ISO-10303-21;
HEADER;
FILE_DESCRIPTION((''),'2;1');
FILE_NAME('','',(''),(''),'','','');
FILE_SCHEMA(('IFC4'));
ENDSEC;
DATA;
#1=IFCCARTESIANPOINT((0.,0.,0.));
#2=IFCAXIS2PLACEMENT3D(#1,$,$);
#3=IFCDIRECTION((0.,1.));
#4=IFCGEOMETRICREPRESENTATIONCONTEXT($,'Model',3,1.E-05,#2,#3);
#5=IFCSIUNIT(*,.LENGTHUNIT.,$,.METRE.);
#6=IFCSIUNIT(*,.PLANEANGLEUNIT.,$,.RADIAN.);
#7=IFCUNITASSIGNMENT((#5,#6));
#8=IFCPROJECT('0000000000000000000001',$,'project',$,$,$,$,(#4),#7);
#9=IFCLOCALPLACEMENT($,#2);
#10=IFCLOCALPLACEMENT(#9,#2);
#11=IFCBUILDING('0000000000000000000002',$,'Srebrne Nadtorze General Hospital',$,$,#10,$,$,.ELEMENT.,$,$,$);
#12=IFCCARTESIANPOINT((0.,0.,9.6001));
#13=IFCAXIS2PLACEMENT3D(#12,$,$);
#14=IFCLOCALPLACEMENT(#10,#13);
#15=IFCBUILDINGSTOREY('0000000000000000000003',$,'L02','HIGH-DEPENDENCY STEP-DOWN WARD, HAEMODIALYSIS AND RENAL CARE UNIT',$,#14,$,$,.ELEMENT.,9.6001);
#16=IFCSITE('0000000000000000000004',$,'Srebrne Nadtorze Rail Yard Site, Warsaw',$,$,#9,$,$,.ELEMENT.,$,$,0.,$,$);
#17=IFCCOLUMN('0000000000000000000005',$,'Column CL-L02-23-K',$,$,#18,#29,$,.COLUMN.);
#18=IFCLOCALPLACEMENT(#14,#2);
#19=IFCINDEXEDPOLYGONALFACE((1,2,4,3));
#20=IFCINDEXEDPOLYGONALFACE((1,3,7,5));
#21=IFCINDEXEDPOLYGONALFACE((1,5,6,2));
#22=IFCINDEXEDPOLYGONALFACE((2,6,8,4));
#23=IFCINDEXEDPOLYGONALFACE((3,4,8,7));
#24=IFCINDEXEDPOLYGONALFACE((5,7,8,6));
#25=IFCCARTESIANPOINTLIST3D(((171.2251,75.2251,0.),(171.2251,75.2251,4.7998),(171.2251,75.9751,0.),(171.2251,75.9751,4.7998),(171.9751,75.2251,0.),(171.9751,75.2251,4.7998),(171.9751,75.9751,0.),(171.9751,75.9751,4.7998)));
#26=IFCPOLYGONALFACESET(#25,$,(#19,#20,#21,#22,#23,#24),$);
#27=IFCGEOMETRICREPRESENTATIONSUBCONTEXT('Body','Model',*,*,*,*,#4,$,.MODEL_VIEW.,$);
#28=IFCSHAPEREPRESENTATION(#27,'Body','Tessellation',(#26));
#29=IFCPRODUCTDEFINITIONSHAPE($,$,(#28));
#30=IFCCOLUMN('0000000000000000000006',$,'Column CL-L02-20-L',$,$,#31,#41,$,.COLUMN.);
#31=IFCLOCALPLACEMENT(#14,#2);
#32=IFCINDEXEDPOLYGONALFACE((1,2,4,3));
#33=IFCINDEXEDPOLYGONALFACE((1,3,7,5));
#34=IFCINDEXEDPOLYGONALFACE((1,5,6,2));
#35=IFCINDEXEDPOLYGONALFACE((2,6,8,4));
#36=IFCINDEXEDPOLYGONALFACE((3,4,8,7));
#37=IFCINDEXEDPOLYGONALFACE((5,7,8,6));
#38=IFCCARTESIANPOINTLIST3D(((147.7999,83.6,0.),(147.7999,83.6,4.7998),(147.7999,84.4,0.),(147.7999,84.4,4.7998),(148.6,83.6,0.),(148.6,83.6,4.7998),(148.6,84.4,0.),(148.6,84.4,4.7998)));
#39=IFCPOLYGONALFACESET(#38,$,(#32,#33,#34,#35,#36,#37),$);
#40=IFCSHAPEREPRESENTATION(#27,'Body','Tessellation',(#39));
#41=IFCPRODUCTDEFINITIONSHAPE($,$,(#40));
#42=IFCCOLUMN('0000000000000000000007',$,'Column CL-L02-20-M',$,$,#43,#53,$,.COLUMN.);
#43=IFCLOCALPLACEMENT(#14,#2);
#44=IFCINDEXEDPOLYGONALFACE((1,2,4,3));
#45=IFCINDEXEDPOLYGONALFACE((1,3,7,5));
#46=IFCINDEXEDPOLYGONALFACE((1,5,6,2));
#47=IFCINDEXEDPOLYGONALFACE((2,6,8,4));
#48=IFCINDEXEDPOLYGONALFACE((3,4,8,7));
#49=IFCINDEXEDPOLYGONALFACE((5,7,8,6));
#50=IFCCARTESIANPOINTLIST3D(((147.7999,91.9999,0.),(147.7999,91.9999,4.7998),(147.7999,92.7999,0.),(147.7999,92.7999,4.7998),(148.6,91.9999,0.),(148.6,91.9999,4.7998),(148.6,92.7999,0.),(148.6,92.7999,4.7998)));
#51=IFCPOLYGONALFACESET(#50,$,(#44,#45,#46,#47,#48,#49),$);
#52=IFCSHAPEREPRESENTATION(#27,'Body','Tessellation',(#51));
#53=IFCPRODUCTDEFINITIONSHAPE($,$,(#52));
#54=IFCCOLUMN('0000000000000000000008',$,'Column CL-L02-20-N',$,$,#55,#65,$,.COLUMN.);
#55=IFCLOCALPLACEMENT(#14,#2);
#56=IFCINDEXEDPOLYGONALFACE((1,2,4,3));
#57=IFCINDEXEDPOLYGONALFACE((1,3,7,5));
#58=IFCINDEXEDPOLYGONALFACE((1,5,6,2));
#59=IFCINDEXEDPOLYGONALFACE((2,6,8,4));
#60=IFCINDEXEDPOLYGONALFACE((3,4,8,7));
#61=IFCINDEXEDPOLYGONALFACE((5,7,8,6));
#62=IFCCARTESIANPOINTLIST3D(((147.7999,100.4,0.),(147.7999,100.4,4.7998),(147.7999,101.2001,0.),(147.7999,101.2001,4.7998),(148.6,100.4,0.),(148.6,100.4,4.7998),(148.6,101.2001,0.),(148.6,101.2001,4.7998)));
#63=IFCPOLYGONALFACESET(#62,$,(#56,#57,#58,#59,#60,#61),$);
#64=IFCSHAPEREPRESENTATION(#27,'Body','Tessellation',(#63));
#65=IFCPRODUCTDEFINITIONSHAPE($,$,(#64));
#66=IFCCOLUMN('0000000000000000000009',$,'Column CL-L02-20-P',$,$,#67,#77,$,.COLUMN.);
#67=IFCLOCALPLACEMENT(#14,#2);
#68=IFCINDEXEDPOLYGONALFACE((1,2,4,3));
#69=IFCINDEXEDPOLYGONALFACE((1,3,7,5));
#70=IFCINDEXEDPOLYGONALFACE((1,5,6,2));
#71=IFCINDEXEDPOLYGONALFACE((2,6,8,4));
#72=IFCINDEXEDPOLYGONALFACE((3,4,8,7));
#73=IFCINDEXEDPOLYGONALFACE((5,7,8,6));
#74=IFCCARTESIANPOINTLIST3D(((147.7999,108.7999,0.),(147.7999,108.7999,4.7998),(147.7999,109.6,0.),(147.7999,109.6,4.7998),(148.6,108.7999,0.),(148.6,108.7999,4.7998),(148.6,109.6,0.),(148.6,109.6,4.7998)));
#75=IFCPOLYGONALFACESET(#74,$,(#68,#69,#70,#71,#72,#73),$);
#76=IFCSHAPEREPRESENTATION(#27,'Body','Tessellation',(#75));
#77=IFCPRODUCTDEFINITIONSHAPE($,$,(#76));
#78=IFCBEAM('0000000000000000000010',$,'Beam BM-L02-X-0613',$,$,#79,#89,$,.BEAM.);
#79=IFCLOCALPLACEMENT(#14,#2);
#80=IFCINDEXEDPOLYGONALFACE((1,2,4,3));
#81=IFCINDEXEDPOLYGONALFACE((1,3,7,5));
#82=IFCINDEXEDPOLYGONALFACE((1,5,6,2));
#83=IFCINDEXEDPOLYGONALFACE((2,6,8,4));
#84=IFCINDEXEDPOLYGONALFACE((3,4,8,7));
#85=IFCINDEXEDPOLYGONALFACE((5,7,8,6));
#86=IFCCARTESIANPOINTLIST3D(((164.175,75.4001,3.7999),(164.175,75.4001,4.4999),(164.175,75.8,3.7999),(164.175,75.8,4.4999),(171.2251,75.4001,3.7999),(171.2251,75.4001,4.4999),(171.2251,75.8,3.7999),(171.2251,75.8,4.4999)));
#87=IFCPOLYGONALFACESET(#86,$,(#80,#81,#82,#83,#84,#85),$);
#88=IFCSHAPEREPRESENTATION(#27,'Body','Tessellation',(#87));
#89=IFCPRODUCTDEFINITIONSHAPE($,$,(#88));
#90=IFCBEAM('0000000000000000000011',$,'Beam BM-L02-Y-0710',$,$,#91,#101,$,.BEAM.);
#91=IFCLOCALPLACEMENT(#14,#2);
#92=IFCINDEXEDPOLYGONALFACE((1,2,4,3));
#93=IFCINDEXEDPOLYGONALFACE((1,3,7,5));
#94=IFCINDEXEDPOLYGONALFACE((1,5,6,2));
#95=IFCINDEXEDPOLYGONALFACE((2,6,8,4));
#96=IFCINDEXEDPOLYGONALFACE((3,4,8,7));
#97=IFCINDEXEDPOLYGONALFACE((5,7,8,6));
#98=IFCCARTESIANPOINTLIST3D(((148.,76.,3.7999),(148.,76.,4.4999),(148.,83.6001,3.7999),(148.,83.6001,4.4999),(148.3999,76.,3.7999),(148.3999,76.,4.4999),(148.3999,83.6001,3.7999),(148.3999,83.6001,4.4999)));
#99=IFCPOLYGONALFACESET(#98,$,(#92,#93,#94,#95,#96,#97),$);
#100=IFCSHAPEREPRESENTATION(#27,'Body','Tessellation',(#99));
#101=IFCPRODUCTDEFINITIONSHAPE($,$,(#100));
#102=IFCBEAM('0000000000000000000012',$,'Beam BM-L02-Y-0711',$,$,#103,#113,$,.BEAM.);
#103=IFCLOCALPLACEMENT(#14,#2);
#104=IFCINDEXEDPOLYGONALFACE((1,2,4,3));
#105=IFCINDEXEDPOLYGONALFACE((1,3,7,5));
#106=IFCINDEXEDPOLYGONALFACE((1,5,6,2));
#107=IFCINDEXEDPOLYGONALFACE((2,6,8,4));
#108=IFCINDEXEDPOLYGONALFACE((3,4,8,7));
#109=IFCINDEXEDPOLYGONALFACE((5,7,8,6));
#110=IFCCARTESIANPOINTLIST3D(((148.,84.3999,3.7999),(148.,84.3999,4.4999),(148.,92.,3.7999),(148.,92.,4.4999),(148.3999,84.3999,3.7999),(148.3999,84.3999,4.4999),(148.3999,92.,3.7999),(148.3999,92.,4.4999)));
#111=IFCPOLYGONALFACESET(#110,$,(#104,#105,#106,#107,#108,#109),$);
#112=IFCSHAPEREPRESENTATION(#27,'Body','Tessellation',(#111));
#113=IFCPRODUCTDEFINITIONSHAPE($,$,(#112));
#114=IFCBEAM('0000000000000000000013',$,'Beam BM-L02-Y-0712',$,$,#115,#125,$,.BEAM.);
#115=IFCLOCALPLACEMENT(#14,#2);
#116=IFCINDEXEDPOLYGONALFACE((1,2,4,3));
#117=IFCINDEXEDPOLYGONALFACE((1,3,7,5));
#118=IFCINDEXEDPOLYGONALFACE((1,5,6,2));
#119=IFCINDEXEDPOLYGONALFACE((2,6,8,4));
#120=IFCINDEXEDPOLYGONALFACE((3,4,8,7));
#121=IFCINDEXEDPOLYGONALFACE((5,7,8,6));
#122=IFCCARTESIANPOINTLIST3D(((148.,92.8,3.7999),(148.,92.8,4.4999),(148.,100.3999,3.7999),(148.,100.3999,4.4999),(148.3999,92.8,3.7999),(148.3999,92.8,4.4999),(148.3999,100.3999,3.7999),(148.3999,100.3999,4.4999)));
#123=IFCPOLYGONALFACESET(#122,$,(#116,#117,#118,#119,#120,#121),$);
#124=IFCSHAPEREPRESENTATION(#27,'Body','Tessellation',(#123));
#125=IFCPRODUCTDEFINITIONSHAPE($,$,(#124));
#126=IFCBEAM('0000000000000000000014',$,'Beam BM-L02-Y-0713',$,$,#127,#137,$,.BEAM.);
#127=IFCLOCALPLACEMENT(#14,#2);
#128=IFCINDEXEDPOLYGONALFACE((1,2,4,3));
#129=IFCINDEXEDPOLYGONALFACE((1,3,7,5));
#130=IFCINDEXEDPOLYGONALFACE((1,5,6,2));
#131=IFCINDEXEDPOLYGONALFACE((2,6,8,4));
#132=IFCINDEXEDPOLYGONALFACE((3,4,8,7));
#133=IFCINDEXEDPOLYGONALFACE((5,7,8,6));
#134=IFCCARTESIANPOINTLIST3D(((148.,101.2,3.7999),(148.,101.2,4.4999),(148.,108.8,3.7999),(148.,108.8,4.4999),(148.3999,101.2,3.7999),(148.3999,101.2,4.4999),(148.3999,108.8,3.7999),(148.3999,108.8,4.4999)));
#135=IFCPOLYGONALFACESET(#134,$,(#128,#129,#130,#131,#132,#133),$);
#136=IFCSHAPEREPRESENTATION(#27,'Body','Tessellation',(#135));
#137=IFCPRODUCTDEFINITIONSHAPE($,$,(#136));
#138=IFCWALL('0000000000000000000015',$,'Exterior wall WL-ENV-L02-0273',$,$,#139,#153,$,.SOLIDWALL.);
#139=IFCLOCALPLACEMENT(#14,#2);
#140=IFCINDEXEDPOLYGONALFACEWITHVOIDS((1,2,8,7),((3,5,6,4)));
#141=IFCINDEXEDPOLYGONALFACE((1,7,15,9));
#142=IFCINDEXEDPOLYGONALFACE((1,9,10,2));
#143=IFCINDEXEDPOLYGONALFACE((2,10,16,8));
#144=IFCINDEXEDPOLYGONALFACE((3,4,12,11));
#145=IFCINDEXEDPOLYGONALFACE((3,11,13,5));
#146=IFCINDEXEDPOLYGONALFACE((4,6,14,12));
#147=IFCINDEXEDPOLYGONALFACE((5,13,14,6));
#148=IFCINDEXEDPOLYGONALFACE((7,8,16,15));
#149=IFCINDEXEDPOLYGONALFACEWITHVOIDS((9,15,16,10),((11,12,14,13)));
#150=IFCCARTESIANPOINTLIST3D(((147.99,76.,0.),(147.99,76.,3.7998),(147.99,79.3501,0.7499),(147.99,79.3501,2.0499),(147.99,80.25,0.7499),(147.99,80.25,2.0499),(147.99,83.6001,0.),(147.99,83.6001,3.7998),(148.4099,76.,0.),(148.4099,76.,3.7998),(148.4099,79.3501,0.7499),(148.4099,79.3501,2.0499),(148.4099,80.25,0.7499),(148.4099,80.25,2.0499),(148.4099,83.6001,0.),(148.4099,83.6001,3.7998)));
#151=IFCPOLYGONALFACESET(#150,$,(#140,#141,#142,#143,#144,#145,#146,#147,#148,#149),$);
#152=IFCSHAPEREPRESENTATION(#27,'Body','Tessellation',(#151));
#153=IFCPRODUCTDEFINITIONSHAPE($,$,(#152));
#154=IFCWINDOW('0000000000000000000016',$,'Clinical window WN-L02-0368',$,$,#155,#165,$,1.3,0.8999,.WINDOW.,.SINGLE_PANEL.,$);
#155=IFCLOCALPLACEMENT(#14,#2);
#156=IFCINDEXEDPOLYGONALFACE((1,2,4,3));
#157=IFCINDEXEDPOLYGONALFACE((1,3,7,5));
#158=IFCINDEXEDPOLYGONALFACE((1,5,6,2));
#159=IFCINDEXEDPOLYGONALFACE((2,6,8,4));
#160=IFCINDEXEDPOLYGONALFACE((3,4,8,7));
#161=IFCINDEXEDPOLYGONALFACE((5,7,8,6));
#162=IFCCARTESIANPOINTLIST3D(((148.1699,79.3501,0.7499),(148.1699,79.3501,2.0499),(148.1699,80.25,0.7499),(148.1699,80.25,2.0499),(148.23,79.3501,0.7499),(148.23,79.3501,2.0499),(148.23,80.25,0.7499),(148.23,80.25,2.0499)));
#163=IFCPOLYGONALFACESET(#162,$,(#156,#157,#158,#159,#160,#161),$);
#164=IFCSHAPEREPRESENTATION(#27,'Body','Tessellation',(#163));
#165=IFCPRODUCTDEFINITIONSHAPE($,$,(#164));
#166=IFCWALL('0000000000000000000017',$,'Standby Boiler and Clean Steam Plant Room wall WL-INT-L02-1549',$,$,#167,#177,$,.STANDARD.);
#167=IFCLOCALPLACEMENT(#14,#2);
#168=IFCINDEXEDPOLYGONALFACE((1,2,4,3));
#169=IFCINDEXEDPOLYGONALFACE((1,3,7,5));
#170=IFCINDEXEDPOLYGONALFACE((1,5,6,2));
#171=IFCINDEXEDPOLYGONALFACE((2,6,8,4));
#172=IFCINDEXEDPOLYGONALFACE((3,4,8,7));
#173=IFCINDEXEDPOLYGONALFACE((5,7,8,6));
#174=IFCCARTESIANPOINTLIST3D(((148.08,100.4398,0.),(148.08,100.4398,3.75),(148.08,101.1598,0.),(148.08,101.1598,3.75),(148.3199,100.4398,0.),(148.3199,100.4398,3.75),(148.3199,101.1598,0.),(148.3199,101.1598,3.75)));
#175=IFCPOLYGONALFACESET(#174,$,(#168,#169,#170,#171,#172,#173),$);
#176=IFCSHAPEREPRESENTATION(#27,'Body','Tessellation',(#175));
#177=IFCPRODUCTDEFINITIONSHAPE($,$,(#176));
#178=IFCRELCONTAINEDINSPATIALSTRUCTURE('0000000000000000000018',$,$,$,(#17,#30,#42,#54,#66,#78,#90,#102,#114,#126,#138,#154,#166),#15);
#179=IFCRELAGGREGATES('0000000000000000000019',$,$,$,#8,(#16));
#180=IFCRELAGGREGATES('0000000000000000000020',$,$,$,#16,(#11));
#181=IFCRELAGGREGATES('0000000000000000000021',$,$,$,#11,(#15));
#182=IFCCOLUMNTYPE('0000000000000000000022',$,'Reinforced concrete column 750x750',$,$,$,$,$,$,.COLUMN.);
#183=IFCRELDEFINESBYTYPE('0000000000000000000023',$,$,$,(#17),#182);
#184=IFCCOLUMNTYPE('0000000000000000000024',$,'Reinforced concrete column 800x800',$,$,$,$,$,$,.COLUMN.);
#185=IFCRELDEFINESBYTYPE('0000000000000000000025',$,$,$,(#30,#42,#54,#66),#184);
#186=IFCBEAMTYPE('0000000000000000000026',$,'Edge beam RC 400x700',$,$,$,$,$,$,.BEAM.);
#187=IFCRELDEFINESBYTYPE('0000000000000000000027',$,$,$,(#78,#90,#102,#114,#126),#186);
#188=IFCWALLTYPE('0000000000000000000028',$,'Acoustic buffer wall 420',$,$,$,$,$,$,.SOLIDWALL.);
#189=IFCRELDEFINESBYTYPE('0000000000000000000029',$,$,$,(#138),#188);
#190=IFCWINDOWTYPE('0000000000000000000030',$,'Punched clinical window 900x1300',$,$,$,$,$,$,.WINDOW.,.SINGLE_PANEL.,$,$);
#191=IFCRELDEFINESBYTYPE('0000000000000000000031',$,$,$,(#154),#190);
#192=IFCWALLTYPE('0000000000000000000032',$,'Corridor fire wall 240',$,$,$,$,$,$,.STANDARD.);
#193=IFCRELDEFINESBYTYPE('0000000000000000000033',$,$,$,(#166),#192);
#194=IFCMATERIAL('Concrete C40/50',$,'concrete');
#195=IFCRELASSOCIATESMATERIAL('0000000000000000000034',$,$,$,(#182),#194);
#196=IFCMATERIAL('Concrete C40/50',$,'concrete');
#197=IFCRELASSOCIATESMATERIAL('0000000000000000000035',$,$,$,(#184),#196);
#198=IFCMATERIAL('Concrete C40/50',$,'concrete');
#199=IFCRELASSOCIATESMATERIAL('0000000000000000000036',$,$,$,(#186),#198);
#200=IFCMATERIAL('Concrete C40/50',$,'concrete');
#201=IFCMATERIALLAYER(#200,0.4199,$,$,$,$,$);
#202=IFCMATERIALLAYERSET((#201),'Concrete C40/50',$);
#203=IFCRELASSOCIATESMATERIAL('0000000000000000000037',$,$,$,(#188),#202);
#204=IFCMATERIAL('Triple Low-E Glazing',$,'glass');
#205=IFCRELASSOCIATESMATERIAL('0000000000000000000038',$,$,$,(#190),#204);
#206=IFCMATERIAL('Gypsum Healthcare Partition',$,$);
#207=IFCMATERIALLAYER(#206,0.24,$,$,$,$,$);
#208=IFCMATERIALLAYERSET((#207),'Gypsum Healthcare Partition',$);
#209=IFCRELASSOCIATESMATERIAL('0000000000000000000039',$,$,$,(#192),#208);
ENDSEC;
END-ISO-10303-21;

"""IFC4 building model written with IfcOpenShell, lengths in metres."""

from ifc_helpers import new_model, si_unit, direction, frame, frame_2d, origin, origin_2d, place, context, subcontext, project, spatial, rectangle, extrude, material, layer, layer_set, material_profile, profile_set, type_object, element, fill, save


model = new_model("IFC4")

# Units and contexts
model_context = context("Model", 3, precision=1e-05, world=origin(), true_north=direction((0.0, 1.0)))
body_context = subcontext(model_context, "Body", "Model", "MODEL_VIEW")
ifc_project = project(units=[si_unit("LENGTHUNIT", "METRE"), si_unit("PLANEANGLEUNIT", "RADIAN")], contexts=[model_context])

# Site, building, storey
site_placement = place(None, origin())
site = spatial("IfcSite", under=ifc_project, at=site_placement, Name="Srebrne Nadtorze Rail Yard Site, Warsaw", CompositionType="ELEMENT", RefElevation=0.0)
building_placement = place(site_placement, origin())
building = spatial("IfcBuilding", under=site, at=building_placement, Name="Srebrne Nadtorze General Hospital", CompositionType="ELEMENT")
storey_placement = place(building_placement, frame((0.0, 0.0, 9.6001)))
storey = spatial("IfcBuildingStorey", under=building, at=storey_placement, Name="L02", Description="HIGH-DEPENDENCY STEP-DOWN WARD, HAEMODIALYSIS AND RENAL CARE UNIT", CompositionType="ELEMENT", Elevation=9.6001)

# Columns
ifc_material_1 = material(Name="Concrete C40/50", Category="concrete")
ifc_material_profile_1 = material_profile(ifc_material_1, rectangle(XDim=0.75, YDim=0.75, at=origin_2d()), Name="RC-COL-750x750")
ifc_profile_set_1 = profile_set([ifc_material_profile_1], Name="Concrete C40/50")
column_type_1 = type_object("IfcColumnType", Name="Reinforced concrete column 750x750", PredefinedType="COLUMN", material=ifc_profile_set_1)
column_placement = place(storey_placement, frame((171.6001, 75.6001, 0.0), z_axis=(0.0, 0.0, 1.0), x_axis=(1.0, 0.0, 0.0)))
element("IfcColumn", 1, at=column_placement, inside=storey, type_object=column_type_1, Name="Column CL-L02-23-K", PredefinedType="COLUMN", context=body_context, shape_type="SweptSolid", body=[
    extrude(rectangle(XDim=0.75, YDim=0.75, at=origin_2d()), origin(), (0.0, 0.0, 1.0), 4.7998),
])
ifc_material_2 = material(Name="Concrete C40/50", Category="concrete")
ifc_material_profile_2 = material_profile(ifc_material_2, rectangle(XDim=0.8, YDim=0.8, at=origin_2d()), Name="RC-COL-800x800")
ifc_profile_set_2 = profile_set([ifc_material_profile_2], Name="Concrete C40/50")
column_type_2 = type_object("IfcColumnType", Name="Reinforced concrete column 800x800", PredefinedType="COLUMN", material=ifc_profile_set_2)
for number, where, z_axis, x_axis, name in (
    (2, (148.2, 84.0, 0.0), (0.0, 0.0, 1.0), (1.0, 0.0, 0.0), "Column CL-L02-20-L"),
    (3, (148.2, 92.3999, 0.0), (0.0, 0.0, 1.0), (1.0, 0.0, 0.0), "Column CL-L02-20-M"),
    (4, (148.2, 100.8, 0.0), (0.0, 0.0, 1.0), (1.0, 0.0, 0.0), "Column CL-L02-20-N"),
    (5, (148.2, 109.2, 0.0), (0.0, 0.0, 1.0), (1.0, 0.0, 0.0), "Column CL-L02-20-P"),
):
    element("IfcColumn", number, at=place(storey_placement, frame(where, z_axis=z_axis, x_axis=x_axis)), inside=storey, type_object=column_type_2, Name=name, PredefinedType="COLUMN", context=body_context, shape_type="SweptSolid", body=[
        extrude(rectangle(XDim=0.8, YDim=0.8, at=origin_2d()), origin(), (0.0, 0.0, 1.0), 4.7998),
    ])

# Beams
ifc_material_3 = material(Name="Concrete C40/50", Category="concrete")
ifc_material_profile_3 = material_profile(ifc_material_3, rectangle(XDim=0.3999, YDim=0.7, at=origin_2d()), Name="RC-BM-400x700")
ifc_profile_set_3 = profile_set([ifc_material_profile_3], Name="Concrete C40/50")
beam_type = type_object("IfcBeamType", Name="Edge beam RC 400x700", PredefinedType="BEAM", material=ifc_profile_set_3)
beam_1_placement = place(storey_placement, frame((164.175, 75.6001, 4.1499), z_axis=(1.0, 0.0, 0.0), x_axis=(0.0, 1.0, 0.0)))
element("IfcBeam", 6, at=beam_1_placement, inside=storey, type_object=beam_type, Name="Beam BM-L02-X-0613", PredefinedType="BEAM", context=body_context, shape_type="SweptSolid", body=[
    extrude(rectangle(XDim=0.3999, YDim=0.7, at=origin_2d()), origin(), (0.0, 0.0, 1.0), 7.05),
])
for number, where, z_axis, x_axis, name in (
    (7, (148.2, 76.0, 4.1499), (0.0, 1.0, 0.0), (-1.0, 0.0, 0.0), "Beam BM-L02-Y-0710"),
    (8, (148.2, 84.3999, 4.1499), (0.0, 1.0, 0.0), (-1.0, 0.0, 0.0), "Beam BM-L02-Y-0711"),
):
    element("IfcBeam", number, at=place(storey_placement, frame(where, z_axis=z_axis, x_axis=x_axis)), inside=storey, type_object=beam_type, Name=name, PredefinedType="BEAM", context=body_context, shape_type="SweptSolid", body=[
        extrude(rectangle(XDim=0.3999, YDim=0.7, at=origin_2d()), origin(), (0.0, 0.0, 1.0), 7.6001),
    ])
beam_2_placement = place(storey_placement, frame((148.2, 92.8, 4.1499), z_axis=(0.0, 1.0, 0.0), x_axis=(-1.0, 0.0, 0.0)))
element("IfcBeam", 9, at=beam_2_placement, inside=storey, type_object=beam_type, Name="Beam BM-L02-Y-0712", PredefinedType="BEAM", context=body_context, shape_type="SweptSolid", body=[
    extrude(rectangle(XDim=0.3999, YDim=0.7, at=origin_2d()), origin(), (0.0, 0.0, 1.0), 7.5999),
])
beam_3_placement = place(storey_placement, frame((148.2, 101.2, 4.1499), z_axis=(0.0, 1.0, 0.0), x_axis=(-1.0, 0.0, 0.0)))
element("IfcBeam", 10, at=beam_3_placement, inside=storey, type_object=beam_type, Name="Beam BM-L02-Y-0713", PredefinedType="BEAM", context=body_context, shape_type="SweptSolid", body=[
    extrude(rectangle(XDim=0.3999, YDim=0.7, at=origin_2d()), origin(), (0.0, 0.0, 1.0), 7.6001),
])

# Wall, opening, window
ifc_material_4 = material(Name="Concrete C40/50", Category="concrete")
ifc_layer_1 = layer(ifc_material_4, 0.4199)
ifc_layer_set_1 = layer_set([ifc_layer_1], Name="Concrete C40/50")
wall_type_1 = type_object("IfcWallType", Name="Acoustic buffer wall 420", PredefinedType="SOLIDWALL", material=ifc_layer_set_1)
wall_1_placement = place(storey_placement, frame((148.2, 76.0, 0.0), z_axis=(0.0, 0.0, 1.0), x_axis=(0.0, 1.0, 0.0)))
wall_1 = element("IfcWall", 11, at=wall_1_placement, inside=storey, type_object=wall_type_1, Name="Exterior wall WL-ENV-L02-0273", PredefinedType="SOLIDWALL", context=body_context, shape_type="SweptSolid", body=[
    extrude(rectangle(XDim=7.6001, YDim=0.4199, at=frame_2d((3.8, 0.0))), origin(), (0.0, 0.0, 1.0), 3.7998),
])
opening_1_placement = place(wall_1_placement, frame((3.3501, 0.0, 0.75)))
opening_1 = element("IfcOpeningElement", 12, at=opening_1_placement, cuts=wall_1, PredefinedType="OPENING", context=body_context, shape_type="SweptSolid", body=[
    extrude(rectangle(XDim=0.8999, YDim=1.3, at=frame_2d((0.45, 0.6499))), frame((0.0, 0.2219, 0.0), z_axis=(0.0, -1.0, 0.0), x_axis=(1.0, 0.0, 0.0)), (0.0, 0.0, 1.0), 0.4438),
])
ifc_material_5 = material(Name="Triple Low-E Glazing", Category="glass")
window_type_1 = type_object("IfcWindowType", Name="Punched clinical window 900x1300", PartitioningType="SINGLE_PANEL", PredefinedType="WINDOW", material=ifc_material_5)
window_1_placement = place(opening_1_placement, origin())
window_1 = element("IfcWindow", 13, at=window_1_placement, inside=storey, type_object=window_type_1, Name="Clinical window WN-L02-0368", OverallHeight=1.3, OverallWidth=0.8999, PartitioningType="SINGLE_PANEL", PredefinedType="WINDOW", context=body_context, shape_type="SweptSolid", body=[
    extrude(rectangle(XDim=0.8999, YDim=1.3, at=frame_2d((0.45, 0.6499))), frame((0.0, 0.03, 0.0), z_axis=(0.0, -1.0, 0.0), x_axis=(1.0, 0.0, 0.0)), (0.0, 0.0, 1.0), 0.0601),
])
fill(opening_1, window_1)

# Wall
ifc_material_6 = material(Name="Gypsum Healthcare Partition")
ifc_layer_2 = layer(ifc_material_6, 0.24)
ifc_layer_set_2 = layer_set([ifc_layer_2], Name="Gypsum Healthcare Partition")
wall_type_2 = type_object("IfcWallType", Name="Corridor fire wall 240", PredefinedType="STANDARD", material=ifc_layer_set_2)
wall_2_placement = place(storey_placement, frame((148.2, 100.4399, 0.0), z_axis=(0.0, 0.0, 1.0), x_axis=(0.0, 1.0, 0.0)))
element("IfcWall", 14, at=wall_2_placement, inside=storey, type_object=wall_type_2, Name="Standby Boiler and Clean Steam Plant Room wall WL-INT-L02-1549", PredefinedType="STANDARD", context=body_context, shape_type="SweptSolid", body=[
    extrude(rectangle(XDim=0.72, YDim=0.24, at=frame_2d((0.3599, 0.0))), origin(), (0.0, 0.0, 1.0), 3.75),
])

save(model, "model.ifc")
